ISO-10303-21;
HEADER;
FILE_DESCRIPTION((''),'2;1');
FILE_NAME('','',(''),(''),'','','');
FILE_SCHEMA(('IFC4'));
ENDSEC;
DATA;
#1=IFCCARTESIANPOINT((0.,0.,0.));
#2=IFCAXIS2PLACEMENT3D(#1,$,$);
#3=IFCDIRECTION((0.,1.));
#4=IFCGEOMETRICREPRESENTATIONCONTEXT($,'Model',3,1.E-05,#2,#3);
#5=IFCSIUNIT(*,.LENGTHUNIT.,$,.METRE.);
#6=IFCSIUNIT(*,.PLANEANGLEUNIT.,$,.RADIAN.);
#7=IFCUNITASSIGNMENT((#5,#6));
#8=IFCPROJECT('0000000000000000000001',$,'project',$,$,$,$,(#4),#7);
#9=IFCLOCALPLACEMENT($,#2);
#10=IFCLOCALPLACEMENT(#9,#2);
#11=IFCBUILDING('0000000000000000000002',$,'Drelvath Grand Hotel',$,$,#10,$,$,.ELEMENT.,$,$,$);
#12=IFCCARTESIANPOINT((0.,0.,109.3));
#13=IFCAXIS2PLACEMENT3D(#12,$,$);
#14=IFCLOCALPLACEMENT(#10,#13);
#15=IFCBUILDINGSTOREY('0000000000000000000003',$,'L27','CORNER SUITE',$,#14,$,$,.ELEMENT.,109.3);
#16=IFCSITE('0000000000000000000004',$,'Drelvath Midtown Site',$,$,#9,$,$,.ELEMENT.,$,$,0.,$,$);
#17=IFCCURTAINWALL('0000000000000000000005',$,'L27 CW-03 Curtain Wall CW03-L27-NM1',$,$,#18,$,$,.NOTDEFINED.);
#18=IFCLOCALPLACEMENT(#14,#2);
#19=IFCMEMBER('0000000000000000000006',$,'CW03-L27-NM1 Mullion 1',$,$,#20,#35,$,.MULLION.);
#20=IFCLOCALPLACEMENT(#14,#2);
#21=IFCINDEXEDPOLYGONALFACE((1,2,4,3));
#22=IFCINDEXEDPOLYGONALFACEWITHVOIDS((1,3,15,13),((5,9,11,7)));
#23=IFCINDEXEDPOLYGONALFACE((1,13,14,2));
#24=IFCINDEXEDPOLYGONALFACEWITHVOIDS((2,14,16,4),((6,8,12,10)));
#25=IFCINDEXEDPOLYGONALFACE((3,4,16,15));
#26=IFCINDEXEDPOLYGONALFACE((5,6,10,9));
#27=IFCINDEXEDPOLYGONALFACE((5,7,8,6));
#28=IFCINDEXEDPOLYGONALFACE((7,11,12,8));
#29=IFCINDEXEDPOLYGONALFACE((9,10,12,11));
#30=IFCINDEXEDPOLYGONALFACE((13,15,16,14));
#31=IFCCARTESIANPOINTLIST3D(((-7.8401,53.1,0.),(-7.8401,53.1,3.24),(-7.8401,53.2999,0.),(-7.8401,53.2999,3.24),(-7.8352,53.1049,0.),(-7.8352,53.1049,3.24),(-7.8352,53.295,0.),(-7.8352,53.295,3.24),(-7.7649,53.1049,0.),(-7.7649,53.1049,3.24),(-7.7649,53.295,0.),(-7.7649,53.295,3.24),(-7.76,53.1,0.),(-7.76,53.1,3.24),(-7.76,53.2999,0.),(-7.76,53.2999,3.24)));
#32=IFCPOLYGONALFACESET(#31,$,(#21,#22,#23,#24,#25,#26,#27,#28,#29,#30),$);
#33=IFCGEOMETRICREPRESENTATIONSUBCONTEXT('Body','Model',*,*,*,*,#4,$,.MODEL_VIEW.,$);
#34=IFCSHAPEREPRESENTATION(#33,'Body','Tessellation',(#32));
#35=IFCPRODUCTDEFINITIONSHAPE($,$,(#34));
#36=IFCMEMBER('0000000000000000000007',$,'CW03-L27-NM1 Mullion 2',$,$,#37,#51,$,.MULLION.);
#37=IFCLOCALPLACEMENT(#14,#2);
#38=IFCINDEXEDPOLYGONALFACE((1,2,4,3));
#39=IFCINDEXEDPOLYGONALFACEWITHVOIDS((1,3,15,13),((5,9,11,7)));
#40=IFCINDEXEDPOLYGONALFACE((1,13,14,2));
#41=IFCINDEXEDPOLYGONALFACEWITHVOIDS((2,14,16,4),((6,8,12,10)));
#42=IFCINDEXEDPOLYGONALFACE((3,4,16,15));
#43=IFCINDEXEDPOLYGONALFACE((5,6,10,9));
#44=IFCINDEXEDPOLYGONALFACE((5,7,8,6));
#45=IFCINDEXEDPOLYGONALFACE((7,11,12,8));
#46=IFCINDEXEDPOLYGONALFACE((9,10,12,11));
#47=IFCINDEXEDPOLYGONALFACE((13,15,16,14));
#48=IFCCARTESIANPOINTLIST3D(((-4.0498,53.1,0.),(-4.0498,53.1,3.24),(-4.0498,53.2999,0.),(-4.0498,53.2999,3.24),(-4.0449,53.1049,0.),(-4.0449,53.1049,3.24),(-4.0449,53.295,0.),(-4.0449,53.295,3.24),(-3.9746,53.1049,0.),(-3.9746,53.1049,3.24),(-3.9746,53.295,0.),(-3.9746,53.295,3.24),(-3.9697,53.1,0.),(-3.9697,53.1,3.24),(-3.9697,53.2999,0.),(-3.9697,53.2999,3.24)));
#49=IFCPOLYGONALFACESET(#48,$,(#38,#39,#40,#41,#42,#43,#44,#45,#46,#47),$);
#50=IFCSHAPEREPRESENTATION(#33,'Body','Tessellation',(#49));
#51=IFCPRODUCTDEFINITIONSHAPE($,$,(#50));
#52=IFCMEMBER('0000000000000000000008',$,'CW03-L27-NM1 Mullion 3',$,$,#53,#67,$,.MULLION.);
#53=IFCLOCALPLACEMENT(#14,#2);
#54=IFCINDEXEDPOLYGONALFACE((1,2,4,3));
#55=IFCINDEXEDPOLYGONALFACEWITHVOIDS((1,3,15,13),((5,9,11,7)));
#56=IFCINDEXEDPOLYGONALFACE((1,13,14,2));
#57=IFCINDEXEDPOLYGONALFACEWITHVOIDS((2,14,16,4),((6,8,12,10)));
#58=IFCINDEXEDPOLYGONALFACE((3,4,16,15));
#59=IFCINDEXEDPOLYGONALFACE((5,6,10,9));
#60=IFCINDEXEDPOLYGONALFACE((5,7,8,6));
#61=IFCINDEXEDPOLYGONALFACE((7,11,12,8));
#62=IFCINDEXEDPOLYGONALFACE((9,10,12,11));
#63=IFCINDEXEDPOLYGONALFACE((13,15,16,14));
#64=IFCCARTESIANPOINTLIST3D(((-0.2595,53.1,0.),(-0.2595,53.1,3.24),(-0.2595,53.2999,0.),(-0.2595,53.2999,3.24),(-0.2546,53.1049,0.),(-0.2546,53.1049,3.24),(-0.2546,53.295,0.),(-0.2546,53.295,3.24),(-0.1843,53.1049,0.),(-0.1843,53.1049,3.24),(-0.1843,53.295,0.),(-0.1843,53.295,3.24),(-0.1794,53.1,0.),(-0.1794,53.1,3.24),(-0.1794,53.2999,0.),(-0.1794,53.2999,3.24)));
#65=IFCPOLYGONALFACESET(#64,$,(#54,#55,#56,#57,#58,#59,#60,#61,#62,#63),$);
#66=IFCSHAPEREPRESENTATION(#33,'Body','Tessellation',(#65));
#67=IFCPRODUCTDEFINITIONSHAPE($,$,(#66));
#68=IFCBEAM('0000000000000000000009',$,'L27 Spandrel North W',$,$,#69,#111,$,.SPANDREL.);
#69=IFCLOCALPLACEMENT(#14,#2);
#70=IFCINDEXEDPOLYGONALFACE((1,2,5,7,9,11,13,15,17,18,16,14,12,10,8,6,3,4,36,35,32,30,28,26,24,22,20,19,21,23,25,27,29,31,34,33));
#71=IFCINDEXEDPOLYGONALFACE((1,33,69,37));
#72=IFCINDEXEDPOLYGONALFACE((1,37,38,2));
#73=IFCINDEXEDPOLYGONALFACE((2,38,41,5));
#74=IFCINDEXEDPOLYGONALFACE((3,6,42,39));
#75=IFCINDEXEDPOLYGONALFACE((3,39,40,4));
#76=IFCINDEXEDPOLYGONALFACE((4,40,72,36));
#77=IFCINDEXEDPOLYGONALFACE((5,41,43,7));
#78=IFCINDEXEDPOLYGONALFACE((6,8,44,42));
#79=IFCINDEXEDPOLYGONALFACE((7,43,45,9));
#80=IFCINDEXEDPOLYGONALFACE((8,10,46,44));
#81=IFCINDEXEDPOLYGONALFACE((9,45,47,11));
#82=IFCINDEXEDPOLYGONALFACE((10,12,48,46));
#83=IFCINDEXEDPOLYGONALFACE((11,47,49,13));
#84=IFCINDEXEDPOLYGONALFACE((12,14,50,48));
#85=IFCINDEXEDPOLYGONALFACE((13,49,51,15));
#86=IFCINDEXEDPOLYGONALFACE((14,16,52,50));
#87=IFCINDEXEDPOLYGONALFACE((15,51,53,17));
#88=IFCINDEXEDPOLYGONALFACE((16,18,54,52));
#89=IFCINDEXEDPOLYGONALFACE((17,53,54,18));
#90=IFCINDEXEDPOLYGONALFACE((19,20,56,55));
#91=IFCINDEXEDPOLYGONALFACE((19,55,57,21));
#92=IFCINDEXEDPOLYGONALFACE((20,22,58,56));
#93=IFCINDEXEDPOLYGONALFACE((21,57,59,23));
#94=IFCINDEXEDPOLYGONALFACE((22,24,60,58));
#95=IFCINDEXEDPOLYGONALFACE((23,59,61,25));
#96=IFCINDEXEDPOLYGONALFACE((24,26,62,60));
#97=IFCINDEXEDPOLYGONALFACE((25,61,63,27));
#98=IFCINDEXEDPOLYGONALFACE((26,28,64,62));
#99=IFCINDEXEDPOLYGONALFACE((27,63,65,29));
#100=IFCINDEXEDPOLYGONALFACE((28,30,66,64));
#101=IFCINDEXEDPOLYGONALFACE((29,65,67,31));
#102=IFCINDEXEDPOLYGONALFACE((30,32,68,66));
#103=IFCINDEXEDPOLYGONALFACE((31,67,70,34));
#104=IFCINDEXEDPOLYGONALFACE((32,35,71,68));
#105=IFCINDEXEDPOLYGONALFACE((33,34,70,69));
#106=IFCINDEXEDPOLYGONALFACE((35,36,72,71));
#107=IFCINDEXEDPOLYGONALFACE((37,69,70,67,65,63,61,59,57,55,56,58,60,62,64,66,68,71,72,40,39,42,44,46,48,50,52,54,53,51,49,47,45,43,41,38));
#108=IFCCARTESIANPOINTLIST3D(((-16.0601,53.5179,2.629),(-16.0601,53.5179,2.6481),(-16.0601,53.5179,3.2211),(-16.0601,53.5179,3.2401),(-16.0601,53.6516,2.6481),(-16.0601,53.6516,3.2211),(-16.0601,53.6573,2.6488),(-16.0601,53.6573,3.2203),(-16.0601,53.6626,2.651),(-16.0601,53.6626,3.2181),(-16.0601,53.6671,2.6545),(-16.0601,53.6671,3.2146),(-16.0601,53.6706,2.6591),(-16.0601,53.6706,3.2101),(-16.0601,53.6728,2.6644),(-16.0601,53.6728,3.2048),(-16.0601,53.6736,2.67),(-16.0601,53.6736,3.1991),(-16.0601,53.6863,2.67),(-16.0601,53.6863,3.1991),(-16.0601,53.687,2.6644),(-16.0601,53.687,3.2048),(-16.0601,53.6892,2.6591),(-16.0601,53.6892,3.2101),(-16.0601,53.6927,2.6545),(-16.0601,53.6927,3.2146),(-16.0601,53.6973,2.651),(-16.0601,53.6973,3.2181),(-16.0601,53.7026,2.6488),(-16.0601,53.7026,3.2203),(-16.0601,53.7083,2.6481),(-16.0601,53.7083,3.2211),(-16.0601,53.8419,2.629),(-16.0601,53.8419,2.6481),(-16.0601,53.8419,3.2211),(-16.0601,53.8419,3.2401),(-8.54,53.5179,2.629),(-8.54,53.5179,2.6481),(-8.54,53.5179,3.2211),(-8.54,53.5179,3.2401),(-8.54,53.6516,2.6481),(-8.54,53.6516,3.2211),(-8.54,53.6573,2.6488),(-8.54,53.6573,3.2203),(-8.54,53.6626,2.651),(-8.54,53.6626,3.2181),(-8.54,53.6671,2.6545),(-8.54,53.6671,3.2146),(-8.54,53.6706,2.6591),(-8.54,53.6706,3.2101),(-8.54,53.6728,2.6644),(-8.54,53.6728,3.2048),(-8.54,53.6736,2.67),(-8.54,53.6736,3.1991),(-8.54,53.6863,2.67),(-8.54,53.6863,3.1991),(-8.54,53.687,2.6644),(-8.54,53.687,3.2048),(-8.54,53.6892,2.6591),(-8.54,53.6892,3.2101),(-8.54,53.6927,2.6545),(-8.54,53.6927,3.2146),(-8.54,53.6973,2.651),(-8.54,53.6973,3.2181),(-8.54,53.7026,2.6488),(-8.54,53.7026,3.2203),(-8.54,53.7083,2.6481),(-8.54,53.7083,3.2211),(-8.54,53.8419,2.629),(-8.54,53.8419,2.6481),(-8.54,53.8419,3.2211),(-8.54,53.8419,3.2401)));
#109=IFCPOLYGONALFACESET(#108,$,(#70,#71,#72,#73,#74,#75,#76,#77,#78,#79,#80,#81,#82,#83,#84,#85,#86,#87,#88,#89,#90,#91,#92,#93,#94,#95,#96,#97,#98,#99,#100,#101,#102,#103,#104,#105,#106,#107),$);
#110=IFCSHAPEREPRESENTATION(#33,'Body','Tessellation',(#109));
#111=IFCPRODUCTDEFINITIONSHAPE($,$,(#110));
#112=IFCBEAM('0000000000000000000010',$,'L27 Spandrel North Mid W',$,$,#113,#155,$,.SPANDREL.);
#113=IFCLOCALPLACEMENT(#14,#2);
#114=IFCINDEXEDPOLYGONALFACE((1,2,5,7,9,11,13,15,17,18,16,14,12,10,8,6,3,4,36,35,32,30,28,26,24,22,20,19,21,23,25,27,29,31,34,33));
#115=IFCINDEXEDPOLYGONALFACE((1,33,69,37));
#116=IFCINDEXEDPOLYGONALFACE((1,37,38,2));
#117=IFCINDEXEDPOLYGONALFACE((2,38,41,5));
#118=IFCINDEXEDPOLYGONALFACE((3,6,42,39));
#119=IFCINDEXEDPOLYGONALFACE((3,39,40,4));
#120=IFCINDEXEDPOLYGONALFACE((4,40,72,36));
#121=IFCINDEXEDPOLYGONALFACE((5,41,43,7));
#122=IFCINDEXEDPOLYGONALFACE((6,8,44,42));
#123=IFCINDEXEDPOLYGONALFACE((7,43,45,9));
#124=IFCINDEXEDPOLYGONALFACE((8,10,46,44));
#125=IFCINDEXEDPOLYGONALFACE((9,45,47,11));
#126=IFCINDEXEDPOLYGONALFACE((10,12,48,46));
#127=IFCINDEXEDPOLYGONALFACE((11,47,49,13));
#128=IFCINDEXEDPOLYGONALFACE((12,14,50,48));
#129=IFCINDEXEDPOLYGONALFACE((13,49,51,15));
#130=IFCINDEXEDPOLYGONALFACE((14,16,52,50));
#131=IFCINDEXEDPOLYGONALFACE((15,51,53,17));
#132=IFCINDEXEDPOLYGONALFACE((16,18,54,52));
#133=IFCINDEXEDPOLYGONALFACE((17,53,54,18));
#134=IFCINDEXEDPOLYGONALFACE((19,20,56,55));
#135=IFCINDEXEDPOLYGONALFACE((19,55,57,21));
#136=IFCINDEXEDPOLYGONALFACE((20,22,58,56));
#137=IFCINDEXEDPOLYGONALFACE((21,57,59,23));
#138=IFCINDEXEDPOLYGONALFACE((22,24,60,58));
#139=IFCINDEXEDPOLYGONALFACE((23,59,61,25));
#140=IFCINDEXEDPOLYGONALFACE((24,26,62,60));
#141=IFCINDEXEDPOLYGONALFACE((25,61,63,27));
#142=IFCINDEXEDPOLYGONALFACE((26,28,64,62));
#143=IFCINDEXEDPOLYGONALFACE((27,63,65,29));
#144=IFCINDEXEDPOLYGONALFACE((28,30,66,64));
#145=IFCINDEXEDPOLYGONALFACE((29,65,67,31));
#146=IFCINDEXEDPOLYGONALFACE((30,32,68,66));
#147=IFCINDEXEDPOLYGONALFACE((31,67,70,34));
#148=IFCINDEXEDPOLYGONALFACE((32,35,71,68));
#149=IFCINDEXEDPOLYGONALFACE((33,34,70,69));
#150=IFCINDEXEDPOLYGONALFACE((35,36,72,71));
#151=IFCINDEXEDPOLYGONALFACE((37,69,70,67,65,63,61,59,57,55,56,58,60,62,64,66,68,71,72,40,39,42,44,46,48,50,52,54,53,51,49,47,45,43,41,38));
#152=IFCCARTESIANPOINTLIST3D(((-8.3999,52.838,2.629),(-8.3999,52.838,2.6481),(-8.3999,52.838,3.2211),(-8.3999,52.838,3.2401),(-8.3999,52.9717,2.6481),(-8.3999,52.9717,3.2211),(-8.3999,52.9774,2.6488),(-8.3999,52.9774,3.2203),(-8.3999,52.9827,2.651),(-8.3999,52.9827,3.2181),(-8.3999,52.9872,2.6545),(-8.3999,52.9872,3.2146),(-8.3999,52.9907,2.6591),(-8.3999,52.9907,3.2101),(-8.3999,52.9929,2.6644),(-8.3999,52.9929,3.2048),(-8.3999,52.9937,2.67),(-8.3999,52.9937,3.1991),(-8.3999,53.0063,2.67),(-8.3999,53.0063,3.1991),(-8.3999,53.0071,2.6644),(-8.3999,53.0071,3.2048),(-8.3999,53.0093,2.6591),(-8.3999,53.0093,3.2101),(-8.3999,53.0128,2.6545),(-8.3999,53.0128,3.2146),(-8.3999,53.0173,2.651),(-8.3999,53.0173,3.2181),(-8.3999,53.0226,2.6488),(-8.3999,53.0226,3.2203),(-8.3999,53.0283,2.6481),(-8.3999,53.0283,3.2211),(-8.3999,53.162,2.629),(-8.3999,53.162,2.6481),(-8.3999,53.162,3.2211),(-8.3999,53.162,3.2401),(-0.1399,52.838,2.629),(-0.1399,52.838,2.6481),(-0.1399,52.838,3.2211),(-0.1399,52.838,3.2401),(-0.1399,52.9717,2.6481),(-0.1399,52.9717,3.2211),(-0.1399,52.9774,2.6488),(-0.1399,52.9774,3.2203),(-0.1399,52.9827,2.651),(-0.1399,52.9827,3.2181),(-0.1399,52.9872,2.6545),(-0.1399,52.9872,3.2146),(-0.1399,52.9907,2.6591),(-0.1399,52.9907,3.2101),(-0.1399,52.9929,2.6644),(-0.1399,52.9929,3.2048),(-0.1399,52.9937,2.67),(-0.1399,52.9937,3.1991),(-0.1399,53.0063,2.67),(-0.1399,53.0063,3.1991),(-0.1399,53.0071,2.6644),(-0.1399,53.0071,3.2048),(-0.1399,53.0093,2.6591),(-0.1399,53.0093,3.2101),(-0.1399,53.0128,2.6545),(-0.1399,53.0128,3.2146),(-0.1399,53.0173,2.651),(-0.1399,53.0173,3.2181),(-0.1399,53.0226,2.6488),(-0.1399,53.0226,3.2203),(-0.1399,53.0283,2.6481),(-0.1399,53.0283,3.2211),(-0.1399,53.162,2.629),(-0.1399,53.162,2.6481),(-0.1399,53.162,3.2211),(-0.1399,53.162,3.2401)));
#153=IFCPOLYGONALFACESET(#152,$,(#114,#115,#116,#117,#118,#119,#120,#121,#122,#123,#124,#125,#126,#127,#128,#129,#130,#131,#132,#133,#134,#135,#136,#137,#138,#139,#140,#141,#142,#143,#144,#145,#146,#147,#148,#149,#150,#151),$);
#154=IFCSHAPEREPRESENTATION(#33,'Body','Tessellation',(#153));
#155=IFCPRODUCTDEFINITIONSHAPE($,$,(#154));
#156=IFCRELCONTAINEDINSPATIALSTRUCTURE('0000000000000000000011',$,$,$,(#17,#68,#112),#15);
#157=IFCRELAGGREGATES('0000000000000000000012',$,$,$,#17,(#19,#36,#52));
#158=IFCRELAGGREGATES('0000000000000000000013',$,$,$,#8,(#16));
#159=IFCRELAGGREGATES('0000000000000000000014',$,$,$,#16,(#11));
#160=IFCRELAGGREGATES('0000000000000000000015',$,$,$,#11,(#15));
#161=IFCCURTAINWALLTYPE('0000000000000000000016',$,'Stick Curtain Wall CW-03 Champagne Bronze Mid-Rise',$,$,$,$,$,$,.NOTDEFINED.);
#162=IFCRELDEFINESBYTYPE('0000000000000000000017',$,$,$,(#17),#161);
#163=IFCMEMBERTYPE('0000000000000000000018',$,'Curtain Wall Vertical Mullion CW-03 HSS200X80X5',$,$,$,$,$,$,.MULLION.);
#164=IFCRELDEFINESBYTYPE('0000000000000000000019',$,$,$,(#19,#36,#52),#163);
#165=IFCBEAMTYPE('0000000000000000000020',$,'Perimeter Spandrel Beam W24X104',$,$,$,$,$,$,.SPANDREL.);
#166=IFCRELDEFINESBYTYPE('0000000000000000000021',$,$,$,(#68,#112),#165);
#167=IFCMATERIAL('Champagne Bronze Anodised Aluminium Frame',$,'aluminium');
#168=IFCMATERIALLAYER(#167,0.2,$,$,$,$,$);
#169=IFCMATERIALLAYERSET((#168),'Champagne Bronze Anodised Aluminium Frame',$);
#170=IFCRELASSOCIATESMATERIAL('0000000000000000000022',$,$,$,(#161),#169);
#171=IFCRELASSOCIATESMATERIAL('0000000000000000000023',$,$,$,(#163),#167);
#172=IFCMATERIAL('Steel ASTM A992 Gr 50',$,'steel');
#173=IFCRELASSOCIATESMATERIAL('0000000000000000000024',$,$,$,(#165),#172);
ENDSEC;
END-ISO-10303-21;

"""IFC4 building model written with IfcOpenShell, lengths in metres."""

from ifc_helpers import new_model, si_unit, direction, frame, origin, origin_2d, place, context, subcontext, project, spatial, hollow_rectangle, i_section, extrude, material, layer, layer_set, material_profile, profile_set, type_object, element, aggregate, save


model = new_model("IFC4")

# Units and contexts
model_context = context("Model", 3, precision=1e-05, world=origin(), true_north=direction((0.0, 1.0)))
body_context = subcontext(model_context, "Body", "Model", "MODEL_VIEW")
ifc_project = project(units=[si_unit("LENGTHUNIT", "METRE"), si_unit("PLANEANGLEUNIT", "RADIAN")], contexts=[model_context])

# Site, building, storey
site_placement = place(None, origin())
site = spatial("IfcSite", under=ifc_project, at=site_placement, Name="Drelvath Midtown Site", CompositionType="ELEMENT", RefElevation=0.0)
building_placement = place(site_placement, origin())
building = spatial("IfcBuilding", under=site, at=building_placement, Name="Drelvath Grand Hotel", CompositionType="ELEMENT")
storey_placement = place(building_placement, frame((0.0, 0.0, 109.3)))
storey = spatial("IfcBuildingStorey", under=building, at=storey_placement, Name="L27", Description="CORNER SUITE", CompositionType="ELEMENT", Elevation=109.3)

# Curtain wall
ifc_material_1 = material(Name="Champagne Bronze Anodised Aluminium Frame", Category="aluminium")
ifc_layer_1 = layer(ifc_material_1, 0.2)
ifc_layer_set_1 = layer_set([ifc_layer_1], Name="Champagne Bronze Anodised Aluminium Frame")
curtain_wall_type = type_object("IfcCurtainWallType", Name="Stick Curtain Wall CW-03 Champagne Bronze Mid-Rise", PredefinedType="NOTDEFINED", material=ifc_layer_set_1)
curtain_wall_1_placement = place(storey_placement, origin())
curtain_wall_1 = element("IfcCurtainWall", 1, at=curtain_wall_1_placement, inside=storey, type_object=curtain_wall_type, Name="L27 CW-03 Curtain Wall CW03-L27-NM1", PredefinedType="NOTDEFINED")

# Members
ifc_material_profile_1 = material_profile(ifc_material_1, hollow_rectangle(XDim=0.0801, YDim=0.2, WallThickness=0.0049, at=origin_2d()), Name="HSS200X80X5")
ifc_profile_set_1 = profile_set([ifc_material_profile_1], Name="Champagne Bronze Anodised Aluminium Frame")
member_type_1 = type_object("IfcMemberType", Name="Curtain Wall Vertical Mullion CW-03 HSS200X80X5", PredefinedType="MULLION", material=ifc_profile_set_1)
member_1_placement = place(storey_placement, frame((-7.8, 53.2, 0.0), z_axis=(0.0, 0.0, 1.0), x_axis=(1.0, 0.0, 0.0)))
member_1 = element("IfcMember", 2, at=member_1_placement, type_object=member_type_1, Name="CW03-L27-NM1 Mullion 1", PredefinedType="MULLION", context=body_context, shape_type="SweptSolid", body=[
    extrude(hollow_rectangle(XDim=0.0801, YDim=0.2, WallThickness=0.0049, at=origin_2d()), origin(), (0.0, 0.0, 1.0), 3.24),
])
member_2_placement = place(storey_placement, frame((-4.0098, 53.2, 0.0), z_axis=(0.0, 0.0, 1.0), x_axis=(1.0, 0.0, 0.0)))
member_2 = element("IfcMember", 3, at=member_2_placement, type_object=member_type_1, Name="CW03-L27-NM1 Mullion 2", PredefinedType="MULLION", context=body_context, shape_type="SweptSolid", body=[
    extrude(hollow_rectangle(XDim=0.0801, YDim=0.2, WallThickness=0.0049, at=origin_2d()), origin(), (0.0, 0.0, 1.0), 3.24),
])
member_3_placement = place(storey_placement, frame((-0.2195, 53.2, 0.0), z_axis=(0.0, 0.0, 1.0), x_axis=(1.0, 0.0, 0.0)))
member_3 = element("IfcMember", 4, at=member_3_placement, type_object=member_type_1, Name="CW03-L27-NM1 Mullion 3", PredefinedType="MULLION", context=body_context, shape_type="SweptSolid", body=[
    extrude(hollow_rectangle(XDim=0.0801, YDim=0.2, WallThickness=0.0049, at=origin_2d()), origin(), (0.0, 0.0, 1.0), 3.24),
])

# Beams
ifc_material_2 = material(Name="Steel ASTM A992 Gr 50", Category="steel")
ifc_material_profile_2 = material_profile(ifc_material_2, i_section(OverallWidth=0.324, OverallDepth=0.6111, WebThickness=0.0127, FlangeThickness=0.019, FilletRadius=0.022, at=origin_2d()), Name="W24X104")
ifc_profile_set_2 = profile_set([ifc_material_profile_2], Name="Steel ASTM A992 Gr 50")
beam_type_1 = type_object("IfcBeamType", Name="Perimeter Spandrel Beam W24X104", PredefinedType="SPANDREL", material=ifc_profile_set_2)
beam_1_placement = place(storey_placement, frame((-16.0601, 53.6799, 2.9346), z_axis=(1.0, 0.0, 0.0), x_axis=(0.0, 1.0, 0.0)))
element("IfcBeam", 5, at=beam_1_placement, inside=storey, type_object=beam_type_1, Name="L27 Spandrel North W", PredefinedType="SPANDREL", context=body_context, shape_type="SweptSolid", body=[
    extrude(i_section(OverallWidth=0.324, OverallDepth=0.6111, WebThickness=0.0127, FlangeThickness=0.019, FilletRadius=0.022, at=origin_2d()), origin(), (0.0, 0.0, 1.0), 7.52),
])
beam_2_placement = place(storey_placement, frame((-8.3999, 53.0, 2.9346), z_axis=(1.0, 0.0, 0.0), x_axis=(0.0, 1.0, 0.0)))
element("IfcBeam", 6, at=beam_2_placement, inside=storey, type_object=beam_type_1, Name="L27 Spandrel North Mid W", PredefinedType="SPANDREL", context=body_context, shape_type="SweptSolid", body=[
    extrude(i_section(OverallWidth=0.324, OverallDepth=0.6111, WebThickness=0.0127, FlangeThickness=0.019, FilletRadius=0.022, at=origin_2d()), origin(), (0.0, 0.0, 1.0), 8.26),
])

aggregate(curtain_wall_1, [member_1, member_2, member_3])

save(model, "model.ifc")
